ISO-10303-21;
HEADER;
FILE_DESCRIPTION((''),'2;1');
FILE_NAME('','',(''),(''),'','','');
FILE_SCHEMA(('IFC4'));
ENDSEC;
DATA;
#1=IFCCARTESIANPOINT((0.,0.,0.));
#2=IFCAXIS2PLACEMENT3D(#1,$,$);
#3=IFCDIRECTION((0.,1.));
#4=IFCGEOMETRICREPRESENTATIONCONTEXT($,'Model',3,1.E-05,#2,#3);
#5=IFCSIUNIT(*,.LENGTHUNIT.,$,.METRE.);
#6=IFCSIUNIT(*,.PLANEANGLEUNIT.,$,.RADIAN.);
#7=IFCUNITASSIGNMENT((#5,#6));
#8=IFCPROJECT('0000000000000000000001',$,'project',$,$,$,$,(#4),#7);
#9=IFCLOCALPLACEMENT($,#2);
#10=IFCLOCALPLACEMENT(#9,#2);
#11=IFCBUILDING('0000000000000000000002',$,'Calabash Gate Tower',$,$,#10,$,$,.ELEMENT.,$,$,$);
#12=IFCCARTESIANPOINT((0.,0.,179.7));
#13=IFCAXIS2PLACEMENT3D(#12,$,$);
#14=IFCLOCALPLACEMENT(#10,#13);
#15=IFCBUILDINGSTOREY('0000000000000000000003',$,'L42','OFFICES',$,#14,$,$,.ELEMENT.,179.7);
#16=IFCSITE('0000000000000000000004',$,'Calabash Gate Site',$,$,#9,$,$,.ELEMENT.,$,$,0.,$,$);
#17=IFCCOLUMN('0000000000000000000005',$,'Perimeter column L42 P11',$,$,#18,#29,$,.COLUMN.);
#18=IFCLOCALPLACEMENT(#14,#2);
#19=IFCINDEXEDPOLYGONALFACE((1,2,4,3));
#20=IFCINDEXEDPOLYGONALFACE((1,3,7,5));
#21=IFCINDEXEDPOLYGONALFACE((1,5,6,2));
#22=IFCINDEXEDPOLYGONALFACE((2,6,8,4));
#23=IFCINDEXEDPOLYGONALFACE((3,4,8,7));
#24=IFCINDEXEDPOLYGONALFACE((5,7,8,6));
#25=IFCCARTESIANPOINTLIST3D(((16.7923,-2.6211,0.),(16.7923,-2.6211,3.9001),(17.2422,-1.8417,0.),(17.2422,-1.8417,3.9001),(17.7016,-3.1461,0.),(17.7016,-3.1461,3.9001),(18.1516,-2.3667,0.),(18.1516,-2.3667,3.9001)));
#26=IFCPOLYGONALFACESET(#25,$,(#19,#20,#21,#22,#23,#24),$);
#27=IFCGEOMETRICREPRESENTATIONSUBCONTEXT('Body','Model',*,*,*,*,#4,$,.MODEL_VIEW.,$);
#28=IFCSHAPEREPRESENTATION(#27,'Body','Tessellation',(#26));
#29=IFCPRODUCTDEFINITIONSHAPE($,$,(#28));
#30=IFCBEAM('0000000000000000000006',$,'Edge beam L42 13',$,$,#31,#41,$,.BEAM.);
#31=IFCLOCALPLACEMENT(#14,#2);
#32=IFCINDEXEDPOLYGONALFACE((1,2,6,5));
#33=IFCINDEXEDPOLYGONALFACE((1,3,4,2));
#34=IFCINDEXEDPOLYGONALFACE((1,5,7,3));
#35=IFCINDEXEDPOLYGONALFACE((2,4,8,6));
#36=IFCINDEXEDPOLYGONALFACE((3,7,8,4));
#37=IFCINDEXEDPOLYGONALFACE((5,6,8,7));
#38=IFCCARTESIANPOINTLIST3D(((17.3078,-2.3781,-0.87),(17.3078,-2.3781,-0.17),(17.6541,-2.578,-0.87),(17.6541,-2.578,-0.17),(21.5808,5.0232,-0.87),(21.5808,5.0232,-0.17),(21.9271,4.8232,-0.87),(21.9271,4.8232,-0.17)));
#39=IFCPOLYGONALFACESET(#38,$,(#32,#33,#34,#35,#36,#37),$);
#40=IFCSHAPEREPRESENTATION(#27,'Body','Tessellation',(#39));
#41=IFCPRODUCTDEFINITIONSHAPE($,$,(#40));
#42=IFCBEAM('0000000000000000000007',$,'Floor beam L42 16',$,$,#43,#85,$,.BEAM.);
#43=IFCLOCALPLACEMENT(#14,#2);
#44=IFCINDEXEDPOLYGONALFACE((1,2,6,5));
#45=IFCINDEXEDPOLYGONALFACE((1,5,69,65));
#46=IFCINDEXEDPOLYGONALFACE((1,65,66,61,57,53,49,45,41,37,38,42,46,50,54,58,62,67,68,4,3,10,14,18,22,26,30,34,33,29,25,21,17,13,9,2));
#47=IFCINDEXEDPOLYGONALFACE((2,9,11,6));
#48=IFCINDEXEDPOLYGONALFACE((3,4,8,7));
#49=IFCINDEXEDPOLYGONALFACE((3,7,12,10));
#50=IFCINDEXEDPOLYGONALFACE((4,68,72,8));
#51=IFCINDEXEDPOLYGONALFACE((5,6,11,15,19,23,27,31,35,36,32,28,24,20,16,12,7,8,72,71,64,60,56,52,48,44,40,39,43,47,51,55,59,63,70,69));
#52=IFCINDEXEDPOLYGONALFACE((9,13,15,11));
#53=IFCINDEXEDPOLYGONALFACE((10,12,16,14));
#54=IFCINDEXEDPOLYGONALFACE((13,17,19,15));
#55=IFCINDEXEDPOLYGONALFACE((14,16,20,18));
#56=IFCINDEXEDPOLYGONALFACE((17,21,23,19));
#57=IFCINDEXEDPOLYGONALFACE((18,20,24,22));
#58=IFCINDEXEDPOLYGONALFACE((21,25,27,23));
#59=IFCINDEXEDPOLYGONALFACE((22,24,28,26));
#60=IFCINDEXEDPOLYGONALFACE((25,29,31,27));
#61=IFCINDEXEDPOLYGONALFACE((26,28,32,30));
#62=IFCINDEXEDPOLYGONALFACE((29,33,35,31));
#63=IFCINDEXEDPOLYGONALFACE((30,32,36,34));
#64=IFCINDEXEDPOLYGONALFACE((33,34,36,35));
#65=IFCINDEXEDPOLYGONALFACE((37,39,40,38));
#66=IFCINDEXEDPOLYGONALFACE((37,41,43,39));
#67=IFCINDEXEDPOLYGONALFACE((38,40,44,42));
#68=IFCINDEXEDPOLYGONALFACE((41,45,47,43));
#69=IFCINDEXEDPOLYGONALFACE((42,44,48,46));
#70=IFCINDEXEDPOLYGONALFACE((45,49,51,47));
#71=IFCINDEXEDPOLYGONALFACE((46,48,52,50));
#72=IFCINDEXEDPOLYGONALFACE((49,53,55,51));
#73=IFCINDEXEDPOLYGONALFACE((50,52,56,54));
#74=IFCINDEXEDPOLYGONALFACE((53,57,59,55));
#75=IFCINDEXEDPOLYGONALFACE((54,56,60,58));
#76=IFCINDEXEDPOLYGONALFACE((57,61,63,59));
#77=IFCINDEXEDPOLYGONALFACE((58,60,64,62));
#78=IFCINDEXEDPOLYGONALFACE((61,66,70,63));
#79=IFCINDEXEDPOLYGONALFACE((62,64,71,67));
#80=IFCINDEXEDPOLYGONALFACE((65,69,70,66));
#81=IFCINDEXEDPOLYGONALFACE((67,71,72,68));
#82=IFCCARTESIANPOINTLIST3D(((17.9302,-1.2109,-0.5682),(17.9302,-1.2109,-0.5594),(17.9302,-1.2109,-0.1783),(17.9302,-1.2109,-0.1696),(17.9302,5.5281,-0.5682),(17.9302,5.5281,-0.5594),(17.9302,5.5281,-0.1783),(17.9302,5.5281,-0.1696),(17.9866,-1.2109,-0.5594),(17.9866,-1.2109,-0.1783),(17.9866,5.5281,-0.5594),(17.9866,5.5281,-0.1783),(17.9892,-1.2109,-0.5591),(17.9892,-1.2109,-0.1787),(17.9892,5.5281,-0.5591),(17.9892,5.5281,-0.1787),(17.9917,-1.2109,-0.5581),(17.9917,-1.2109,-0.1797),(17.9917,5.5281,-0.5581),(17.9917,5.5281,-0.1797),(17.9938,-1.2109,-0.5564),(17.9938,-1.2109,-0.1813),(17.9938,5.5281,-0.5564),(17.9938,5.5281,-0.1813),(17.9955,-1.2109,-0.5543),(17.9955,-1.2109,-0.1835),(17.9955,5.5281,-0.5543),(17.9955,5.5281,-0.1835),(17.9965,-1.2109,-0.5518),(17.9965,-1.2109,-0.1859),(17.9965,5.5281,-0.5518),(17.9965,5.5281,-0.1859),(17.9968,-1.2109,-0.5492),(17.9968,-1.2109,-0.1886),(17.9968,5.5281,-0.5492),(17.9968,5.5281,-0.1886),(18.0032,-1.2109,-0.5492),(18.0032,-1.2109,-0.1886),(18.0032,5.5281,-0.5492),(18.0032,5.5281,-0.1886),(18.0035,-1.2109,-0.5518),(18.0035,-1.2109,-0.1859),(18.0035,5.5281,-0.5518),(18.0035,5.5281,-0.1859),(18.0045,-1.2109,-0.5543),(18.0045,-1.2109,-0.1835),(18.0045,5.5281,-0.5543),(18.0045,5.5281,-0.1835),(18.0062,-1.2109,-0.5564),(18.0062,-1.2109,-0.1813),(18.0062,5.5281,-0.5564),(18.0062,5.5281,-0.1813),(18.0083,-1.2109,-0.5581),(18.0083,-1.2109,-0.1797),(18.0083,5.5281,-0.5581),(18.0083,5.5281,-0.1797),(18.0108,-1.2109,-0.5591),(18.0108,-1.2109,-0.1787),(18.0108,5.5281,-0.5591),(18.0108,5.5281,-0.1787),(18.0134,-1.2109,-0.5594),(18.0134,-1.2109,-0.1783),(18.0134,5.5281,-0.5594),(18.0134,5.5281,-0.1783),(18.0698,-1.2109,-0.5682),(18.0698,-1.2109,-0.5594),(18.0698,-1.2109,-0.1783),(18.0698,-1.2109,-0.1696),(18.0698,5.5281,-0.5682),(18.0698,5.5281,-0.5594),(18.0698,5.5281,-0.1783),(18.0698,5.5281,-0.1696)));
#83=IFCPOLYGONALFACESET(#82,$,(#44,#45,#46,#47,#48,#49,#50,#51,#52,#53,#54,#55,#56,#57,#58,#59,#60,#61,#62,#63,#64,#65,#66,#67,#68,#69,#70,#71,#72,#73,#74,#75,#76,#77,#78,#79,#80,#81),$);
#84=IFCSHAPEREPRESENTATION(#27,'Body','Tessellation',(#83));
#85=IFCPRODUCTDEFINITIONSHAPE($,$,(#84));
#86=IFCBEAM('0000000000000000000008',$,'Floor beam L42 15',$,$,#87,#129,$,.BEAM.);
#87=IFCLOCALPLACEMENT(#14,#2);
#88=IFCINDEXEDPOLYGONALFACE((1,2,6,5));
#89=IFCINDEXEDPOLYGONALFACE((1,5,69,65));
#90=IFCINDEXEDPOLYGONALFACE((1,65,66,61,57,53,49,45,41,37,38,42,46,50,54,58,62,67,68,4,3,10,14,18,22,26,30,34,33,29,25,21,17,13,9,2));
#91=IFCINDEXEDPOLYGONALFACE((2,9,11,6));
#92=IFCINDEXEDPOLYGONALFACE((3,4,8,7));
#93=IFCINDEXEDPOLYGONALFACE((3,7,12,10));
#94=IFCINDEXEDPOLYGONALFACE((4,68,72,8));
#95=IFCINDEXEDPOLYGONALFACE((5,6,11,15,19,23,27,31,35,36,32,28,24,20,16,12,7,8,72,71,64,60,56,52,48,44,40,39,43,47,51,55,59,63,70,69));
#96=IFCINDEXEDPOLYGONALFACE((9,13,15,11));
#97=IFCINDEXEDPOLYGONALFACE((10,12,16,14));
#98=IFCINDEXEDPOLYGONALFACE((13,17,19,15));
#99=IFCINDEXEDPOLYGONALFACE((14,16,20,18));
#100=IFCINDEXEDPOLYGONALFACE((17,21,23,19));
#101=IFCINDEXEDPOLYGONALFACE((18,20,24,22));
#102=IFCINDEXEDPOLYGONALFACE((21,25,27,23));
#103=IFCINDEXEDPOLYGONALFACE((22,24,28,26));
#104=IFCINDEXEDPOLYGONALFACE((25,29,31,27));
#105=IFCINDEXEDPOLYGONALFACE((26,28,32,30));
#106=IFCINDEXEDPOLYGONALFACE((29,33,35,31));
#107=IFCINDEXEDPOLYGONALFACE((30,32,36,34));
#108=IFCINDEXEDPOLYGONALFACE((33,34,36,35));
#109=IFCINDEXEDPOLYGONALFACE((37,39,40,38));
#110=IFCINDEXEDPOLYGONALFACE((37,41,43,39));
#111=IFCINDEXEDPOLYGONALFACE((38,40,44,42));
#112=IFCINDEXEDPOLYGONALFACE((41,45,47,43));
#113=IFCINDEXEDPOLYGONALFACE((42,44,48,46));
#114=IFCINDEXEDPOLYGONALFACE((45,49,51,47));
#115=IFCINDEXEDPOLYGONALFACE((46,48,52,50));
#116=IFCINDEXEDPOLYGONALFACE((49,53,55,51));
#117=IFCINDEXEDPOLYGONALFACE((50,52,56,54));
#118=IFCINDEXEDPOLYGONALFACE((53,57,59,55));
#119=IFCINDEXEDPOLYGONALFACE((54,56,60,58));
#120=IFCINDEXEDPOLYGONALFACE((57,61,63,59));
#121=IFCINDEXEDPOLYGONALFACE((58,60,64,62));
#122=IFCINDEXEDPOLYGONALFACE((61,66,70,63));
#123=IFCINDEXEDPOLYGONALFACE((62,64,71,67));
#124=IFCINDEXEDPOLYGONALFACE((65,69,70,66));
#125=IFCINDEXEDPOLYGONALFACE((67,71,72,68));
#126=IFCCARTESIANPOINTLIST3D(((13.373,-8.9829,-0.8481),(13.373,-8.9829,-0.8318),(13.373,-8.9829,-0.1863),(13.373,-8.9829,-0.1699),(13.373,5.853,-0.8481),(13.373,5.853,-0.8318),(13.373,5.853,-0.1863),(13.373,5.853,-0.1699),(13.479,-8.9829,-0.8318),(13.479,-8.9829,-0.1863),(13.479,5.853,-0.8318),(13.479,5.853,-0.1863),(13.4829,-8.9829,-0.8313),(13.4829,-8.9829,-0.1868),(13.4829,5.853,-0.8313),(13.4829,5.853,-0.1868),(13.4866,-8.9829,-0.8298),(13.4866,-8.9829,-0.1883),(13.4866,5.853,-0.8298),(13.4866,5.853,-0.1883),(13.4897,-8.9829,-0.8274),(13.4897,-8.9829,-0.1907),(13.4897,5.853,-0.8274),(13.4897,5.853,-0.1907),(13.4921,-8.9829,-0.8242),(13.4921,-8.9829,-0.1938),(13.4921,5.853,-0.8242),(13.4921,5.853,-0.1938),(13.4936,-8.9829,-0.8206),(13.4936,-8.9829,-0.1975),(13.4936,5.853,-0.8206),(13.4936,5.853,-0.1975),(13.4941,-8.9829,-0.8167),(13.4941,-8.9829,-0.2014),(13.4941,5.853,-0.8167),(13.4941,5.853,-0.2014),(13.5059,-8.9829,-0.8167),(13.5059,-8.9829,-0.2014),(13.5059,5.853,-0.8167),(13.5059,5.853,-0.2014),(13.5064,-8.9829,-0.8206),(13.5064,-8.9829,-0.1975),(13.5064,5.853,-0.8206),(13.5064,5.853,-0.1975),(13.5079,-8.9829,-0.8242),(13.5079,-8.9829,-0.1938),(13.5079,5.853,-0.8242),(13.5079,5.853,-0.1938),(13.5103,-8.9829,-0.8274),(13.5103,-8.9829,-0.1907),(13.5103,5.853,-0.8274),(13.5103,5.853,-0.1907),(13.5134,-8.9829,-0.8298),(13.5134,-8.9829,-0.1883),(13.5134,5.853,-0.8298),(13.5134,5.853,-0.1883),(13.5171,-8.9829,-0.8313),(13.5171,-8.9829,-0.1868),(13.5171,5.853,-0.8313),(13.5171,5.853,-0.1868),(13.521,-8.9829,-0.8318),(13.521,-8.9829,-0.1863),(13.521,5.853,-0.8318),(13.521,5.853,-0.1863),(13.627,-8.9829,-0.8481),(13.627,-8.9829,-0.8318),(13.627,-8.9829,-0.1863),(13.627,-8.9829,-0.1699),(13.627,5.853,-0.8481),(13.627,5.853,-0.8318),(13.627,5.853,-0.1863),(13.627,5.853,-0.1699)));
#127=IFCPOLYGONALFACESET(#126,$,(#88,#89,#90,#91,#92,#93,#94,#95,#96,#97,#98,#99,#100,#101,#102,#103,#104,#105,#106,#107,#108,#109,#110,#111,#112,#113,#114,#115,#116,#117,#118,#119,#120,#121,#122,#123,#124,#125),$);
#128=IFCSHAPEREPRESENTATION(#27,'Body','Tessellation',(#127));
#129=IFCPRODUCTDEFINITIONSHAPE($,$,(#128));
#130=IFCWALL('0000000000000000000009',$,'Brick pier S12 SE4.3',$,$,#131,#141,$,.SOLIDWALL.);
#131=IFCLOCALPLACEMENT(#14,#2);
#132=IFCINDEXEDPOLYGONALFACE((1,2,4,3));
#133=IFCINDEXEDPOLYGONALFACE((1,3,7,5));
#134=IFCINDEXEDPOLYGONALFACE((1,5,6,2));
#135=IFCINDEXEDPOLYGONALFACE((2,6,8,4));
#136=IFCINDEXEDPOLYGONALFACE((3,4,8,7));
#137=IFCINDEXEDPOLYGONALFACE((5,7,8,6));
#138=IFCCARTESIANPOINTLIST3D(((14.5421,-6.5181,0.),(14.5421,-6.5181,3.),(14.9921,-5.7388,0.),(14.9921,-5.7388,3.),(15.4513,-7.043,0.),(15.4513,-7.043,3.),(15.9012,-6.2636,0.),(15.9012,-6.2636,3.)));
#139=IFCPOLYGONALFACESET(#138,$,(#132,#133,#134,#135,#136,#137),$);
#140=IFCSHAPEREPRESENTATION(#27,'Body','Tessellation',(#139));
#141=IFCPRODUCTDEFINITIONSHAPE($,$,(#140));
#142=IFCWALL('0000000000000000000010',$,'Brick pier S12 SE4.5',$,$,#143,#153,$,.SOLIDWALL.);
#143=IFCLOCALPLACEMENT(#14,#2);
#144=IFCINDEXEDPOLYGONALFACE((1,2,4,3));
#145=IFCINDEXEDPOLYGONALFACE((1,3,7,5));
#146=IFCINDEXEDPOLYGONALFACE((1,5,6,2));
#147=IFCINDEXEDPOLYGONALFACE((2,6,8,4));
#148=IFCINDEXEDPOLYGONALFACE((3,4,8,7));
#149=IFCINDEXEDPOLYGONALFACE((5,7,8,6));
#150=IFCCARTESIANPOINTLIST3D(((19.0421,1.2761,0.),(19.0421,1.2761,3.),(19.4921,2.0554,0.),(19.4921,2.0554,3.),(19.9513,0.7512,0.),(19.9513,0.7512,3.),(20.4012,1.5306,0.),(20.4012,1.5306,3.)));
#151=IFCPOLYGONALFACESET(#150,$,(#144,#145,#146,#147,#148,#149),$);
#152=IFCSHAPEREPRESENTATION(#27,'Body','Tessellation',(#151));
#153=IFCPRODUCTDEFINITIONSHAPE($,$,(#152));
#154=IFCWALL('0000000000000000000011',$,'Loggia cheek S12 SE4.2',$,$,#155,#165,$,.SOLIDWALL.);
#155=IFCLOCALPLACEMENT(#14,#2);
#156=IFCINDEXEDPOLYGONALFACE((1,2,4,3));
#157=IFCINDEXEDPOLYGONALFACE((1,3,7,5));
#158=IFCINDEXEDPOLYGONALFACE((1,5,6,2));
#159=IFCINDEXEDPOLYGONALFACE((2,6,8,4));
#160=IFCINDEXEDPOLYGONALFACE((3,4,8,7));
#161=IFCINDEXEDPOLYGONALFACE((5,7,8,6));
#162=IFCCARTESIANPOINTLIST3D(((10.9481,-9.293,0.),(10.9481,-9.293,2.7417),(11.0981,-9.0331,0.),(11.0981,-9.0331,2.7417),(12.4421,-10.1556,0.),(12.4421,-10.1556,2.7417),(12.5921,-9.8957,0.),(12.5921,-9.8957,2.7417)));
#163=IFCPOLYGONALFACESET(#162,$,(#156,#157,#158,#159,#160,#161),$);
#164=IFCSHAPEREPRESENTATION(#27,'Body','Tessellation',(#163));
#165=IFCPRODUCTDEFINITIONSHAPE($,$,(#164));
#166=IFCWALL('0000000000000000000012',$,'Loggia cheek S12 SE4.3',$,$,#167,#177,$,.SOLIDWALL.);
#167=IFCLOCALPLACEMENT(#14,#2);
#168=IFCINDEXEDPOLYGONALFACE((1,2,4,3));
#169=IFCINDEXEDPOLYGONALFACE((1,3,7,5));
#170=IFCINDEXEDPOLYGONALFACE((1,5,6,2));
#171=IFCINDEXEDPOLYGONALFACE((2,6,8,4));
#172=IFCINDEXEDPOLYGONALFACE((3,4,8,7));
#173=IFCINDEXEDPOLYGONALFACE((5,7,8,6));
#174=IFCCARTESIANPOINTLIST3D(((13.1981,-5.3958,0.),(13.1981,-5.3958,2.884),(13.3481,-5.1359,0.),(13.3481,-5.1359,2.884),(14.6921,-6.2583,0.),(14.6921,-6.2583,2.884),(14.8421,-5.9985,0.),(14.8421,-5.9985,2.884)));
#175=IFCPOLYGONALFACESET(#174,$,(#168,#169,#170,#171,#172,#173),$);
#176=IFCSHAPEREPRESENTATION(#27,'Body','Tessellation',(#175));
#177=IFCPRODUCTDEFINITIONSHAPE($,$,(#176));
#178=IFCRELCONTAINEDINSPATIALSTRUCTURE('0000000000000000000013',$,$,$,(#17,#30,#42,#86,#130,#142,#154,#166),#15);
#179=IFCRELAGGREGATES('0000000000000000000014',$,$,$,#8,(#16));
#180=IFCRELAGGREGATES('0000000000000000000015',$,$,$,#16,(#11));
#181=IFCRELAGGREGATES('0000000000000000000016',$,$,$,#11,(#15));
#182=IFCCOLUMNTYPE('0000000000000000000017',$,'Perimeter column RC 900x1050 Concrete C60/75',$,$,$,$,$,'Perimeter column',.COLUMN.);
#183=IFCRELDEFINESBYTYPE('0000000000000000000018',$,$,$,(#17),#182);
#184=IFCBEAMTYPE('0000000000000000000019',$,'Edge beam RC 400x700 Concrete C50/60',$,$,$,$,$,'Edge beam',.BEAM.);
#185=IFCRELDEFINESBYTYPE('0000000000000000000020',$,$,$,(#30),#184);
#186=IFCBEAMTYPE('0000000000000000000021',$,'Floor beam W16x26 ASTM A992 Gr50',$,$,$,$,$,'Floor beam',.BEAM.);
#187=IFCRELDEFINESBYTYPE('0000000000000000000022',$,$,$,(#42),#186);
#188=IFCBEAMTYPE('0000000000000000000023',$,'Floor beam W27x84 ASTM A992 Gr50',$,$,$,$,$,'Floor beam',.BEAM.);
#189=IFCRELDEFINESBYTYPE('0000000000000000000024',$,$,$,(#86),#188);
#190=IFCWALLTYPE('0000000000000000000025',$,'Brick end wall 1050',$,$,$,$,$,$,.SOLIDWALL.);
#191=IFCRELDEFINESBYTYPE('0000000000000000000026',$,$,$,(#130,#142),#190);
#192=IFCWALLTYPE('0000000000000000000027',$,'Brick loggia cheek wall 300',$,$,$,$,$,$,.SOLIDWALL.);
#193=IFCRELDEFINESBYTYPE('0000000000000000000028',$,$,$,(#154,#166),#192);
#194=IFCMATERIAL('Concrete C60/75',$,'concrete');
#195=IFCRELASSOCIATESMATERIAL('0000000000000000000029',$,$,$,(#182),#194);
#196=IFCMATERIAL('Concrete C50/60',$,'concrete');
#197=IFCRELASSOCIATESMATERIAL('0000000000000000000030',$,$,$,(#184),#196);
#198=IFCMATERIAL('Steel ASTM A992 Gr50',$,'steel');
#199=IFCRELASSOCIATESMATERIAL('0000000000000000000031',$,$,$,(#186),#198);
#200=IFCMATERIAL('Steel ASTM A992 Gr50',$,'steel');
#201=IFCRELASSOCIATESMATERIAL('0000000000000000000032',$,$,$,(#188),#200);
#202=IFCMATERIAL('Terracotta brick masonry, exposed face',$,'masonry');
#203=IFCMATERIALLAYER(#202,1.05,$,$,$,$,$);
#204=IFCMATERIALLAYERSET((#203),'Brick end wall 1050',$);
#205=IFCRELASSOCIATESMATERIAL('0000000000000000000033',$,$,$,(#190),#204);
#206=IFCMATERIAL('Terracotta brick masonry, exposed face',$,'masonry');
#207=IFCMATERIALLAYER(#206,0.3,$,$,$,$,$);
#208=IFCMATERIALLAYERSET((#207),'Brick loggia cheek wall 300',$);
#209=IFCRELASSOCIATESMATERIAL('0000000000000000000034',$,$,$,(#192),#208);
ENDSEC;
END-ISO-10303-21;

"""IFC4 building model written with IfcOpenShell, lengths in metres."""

from ifc_helpers import new_model, si_unit, direction, frame, frame_2d, origin, origin_2d, place, context, subcontext, project, spatial, rectangle, i_section, extrude, material, layer, layer_set, material_profile, profile_set, type_object, element, save


model = new_model("IFC4")

# Units and contexts
model_context = context("Model", 3, precision=1e-05, world=origin(), true_north=direction((0.0, 1.0)))
body_context = subcontext(model_context, "Body", "Model", "MODEL_VIEW")
ifc_project = project(units=[si_unit("LENGTHUNIT", "METRE"), si_unit("PLANEANGLEUNIT", "RADIAN")], contexts=[model_context])

# Site, building, storey
site_placement = place(None, origin())
site = spatial("IfcSite", under=ifc_project, at=site_placement, Name="Calabash Gate Site", CompositionType="ELEMENT", RefElevation=0.0)
building_placement = place(site_placement, origin())
building = spatial("IfcBuilding", under=site, at=building_placement, Name="Calabash Gate Tower", CompositionType="ELEMENT")
storey_placement = place(building_placement, frame((0.0, 0.0, 179.7)))
storey = spatial("IfcBuildingStorey", under=building, at=storey_placement, Name="L42", Description="OFFICES", CompositionType="ELEMENT", Elevation=179.7)

# Column
ifc_material_1 = material(Name="Concrete C60/75", Category="concrete")
ifc_material_profile_1 = material_profile(ifc_material_1, rectangle(XDim=0.8999, YDim=1.05, at=origin_2d()))
ifc_profile_set_1 = profile_set([ifc_material_profile_1], Name="Concrete C60/75")
column_type = type_object("IfcColumnType", Name="Perimeter column RC 900x1050 Concrete C60/75", ElementType="Perimeter column", PredefinedType="COLUMN", material=ifc_profile_set_1)
column_placement = place(storey_placement, frame((17.4719, -2.4939, 0.0), z_axis=(0.0, 0.0, 1.0), x_axis=(0.5, 0.866025, 0.0)))
element("IfcColumn", 1, at=column_placement, inside=storey, type_object=column_type, Name="Perimeter column L42 P11", PredefinedType="COLUMN", context=body_context, shape_type="SweptSolid", body=[
    extrude(rectangle(XDim=0.8999, YDim=1.05, at=origin_2d()), origin(), (0.0, 0.0, 1.0), 3.9001),
])

# Beams
ifc_material_2 = material(Name="Concrete C50/60", Category="concrete")
ifc_material_profile_2 = material_profile(ifc_material_2, rectangle(XDim=0.3999, YDim=0.7, at=origin_2d()))
ifc_profile_set_2 = profile_set([ifc_material_profile_2], Name="Concrete C50/60")
beam_type_1 = type_object("IfcBeamType", Name="Edge beam RC 400x700 Concrete C50/60", ElementType="Edge beam", PredefinedType="BEAM", material=ifc_profile_set_2)
beam_1_placement = place(storey_placement, frame((17.481, -2.478, -0.52), z_axis=(0.499992, 0.86603, 0.0), x_axis=(-0.86603, 0.499992, 0.0)))
element("IfcBeam", 2, at=beam_1_placement, inside=storey, type_object=beam_type_1, Name="Edge beam L42 13", PredefinedType="BEAM", context=body_context, shape_type="SweptSolid", body=[
    extrude(rectangle(XDim=0.3999, YDim=0.7, at=origin_2d()), origin(), (0.0, 0.0, 1.0), 8.5461),
])
ifc_material_3 = material(Name="Steel ASTM A992 Gr50", Category="steel")
ifc_material_profile_3 = material_profile(ifc_material_3, i_section(OverallWidth=0.1396, OverallDepth=0.3987, WebThickness=0.0063, FlangeThickness=0.0088, FilletRadius=0.0103, at=origin_2d()))
ifc_profile_set_3 = profile_set([ifc_material_profile_3], Name="Steel ASTM A992 Gr50")
beam_type_2 = type_object("IfcBeamType", Name="Floor beam W16x26 ASTM A992 Gr50", ElementType="Floor beam", PredefinedType="BEAM", material=ifc_profile_set_3)
beam_2_placement = place(storey_placement, frame((18.0, -1.2109, -0.3689), z_axis=(0.0, 1.0, 0.0), x_axis=(-1.0, 0.0, 0.0)))
element("IfcBeam", 3, at=beam_2_placement, inside=storey, type_object=beam_type_2, Name="Floor beam L42 16", PredefinedType="BEAM", context=body_context, shape_type="SweptSolid", body=[
    extrude(i_section(OverallWidth=0.1396, OverallDepth=0.3987, WebThickness=0.0063, FlangeThickness=0.0088, FilletRadius=0.0103, at=origin_2d()), origin(), (0.0, 0.0, 1.0), 6.739),
])
ifc_material_4 = material(Name="Steel ASTM A992 Gr50", Category="steel")
ifc_material_profile_4 = material_profile(ifc_material_4, i_section(OverallWidth=0.2539, OverallDepth=0.6782, WebThickness=0.0117, FlangeThickness=0.0164, FilletRadius=0.0151, at=origin_2d()))
ifc_profile_set_4 = profile_set([ifc_material_profile_4], Name="Steel ASTM A992 Gr50")
beam_type_3 = type_object("IfcBeamType", Name="Floor beam W27x84 ASTM A992 Gr50", ElementType="Floor beam", PredefinedType="BEAM", material=ifc_profile_set_4)
beam_3_placement = place(storey_placement, frame((13.5, -8.9829, -0.509), z_axis=(0.0, 1.0, 0.0), x_axis=(-1.0, 0.0, 0.0)))
element("IfcBeam", 4, at=beam_3_placement, inside=storey, type_object=beam_type_3, Name="Floor beam L42 15", PredefinedType="BEAM", context=body_context, shape_type="SweptSolid", body=[
    extrude(i_section(OverallWidth=0.2539, OverallDepth=0.6782, WebThickness=0.0117, FlangeThickness=0.0164, FilletRadius=0.0151, at=origin_2d()), origin(), (0.0, 0.0, 1.0), 14.8359),
])

# Walls
ifc_material_5 = material(Name="Terracotta brick masonry, exposed face", Category="masonry")
ifc_layer_1 = layer(ifc_material_5, 1.05)
ifc_layer_set_1 = layer_set([ifc_layer_1], Name="Brick end wall 1050")
wall_type_1 = type_object("IfcWallType", Name="Brick end wall 1050", PredefinedType="SOLIDWALL", material=ifc_layer_set_1)
for number, where, z_axis, x_axis, name in (
    (5, (15.6763, -6.6533, 0.0), (0.0, 0.0, 1.0), (-0.866031, 0.499991, 0.0), "Brick pier S12 SE4.3"),
    (6, (19.2671, 1.6658, 0.0), (0.0, 0.0, 1.0), (0.866031, -0.499991, 0.0), "Brick pier S12 SE4.5"),
):
    element("IfcWall", number, at=place(storey_placement, frame(where, z_axis=z_axis, x_axis=x_axis)), inside=storey, type_object=wall_type_1, Name=name, PredefinedType="SOLIDWALL", context=body_context, shape_type="SweptSolid", body=[
        extrude(rectangle(XDim=1.0498, YDim=0.8999, at=frame_2d((0.5249, 0.0))), origin(), (0.0, 0.0, 1.0), 3.0),
    ])
ifc_material_6 = material(Name="Terracotta brick masonry, exposed face", Category="masonry")
ifc_layer_2 = layer(ifc_material_6, 0.3)
ifc_layer_set_2 = layer_set([ifc_layer_2], Name="Brick loggia cheek wall 300")
wall_type_2 = type_object("IfcWallType", Name="Brick loggia cheek wall 300", PredefinedType="SOLIDWALL", material=ifc_layer_set_2)
wall_1_placement = place(storey_placement, frame((12.5171, -10.0256, 0.0), z_axis=(0.0, 0.0, 1.0), x_axis=(-0.866014, 0.500021, 0.0)))
element("IfcWall", 7, at=wall_1_placement, inside=storey, type_object=wall_type_2, Name="Loggia cheek S12 SE4.2", PredefinedType="SOLIDWALL", context=body_context, shape_type="SweptSolid", body=[
    extrude(rectangle(XDim=1.7251, YDim=0.3, at=frame_2d((0.8625, 0.0))), origin(), (0.0, 0.0, 1.0), 2.7417),
])
wall_2_placement = place(storey_placement, frame((14.7671, -6.1284, 0.0), z_axis=(0.0, 0.0, 1.0), x_axis=(-0.866014, 0.500021, 0.0)))
element("IfcWall", 8, at=wall_2_placement, inside=storey, type_object=wall_type_2, Name="Loggia cheek S12 SE4.3", PredefinedType="SOLIDWALL", context=body_context, shape_type="SweptSolid", body=[
    extrude(rectangle(XDim=1.7251, YDim=0.3, at=frame_2d((0.8625, 0.0))), origin(), (0.0, 0.0, 1.0), 2.884),
])

save(model, "model.ifc")
